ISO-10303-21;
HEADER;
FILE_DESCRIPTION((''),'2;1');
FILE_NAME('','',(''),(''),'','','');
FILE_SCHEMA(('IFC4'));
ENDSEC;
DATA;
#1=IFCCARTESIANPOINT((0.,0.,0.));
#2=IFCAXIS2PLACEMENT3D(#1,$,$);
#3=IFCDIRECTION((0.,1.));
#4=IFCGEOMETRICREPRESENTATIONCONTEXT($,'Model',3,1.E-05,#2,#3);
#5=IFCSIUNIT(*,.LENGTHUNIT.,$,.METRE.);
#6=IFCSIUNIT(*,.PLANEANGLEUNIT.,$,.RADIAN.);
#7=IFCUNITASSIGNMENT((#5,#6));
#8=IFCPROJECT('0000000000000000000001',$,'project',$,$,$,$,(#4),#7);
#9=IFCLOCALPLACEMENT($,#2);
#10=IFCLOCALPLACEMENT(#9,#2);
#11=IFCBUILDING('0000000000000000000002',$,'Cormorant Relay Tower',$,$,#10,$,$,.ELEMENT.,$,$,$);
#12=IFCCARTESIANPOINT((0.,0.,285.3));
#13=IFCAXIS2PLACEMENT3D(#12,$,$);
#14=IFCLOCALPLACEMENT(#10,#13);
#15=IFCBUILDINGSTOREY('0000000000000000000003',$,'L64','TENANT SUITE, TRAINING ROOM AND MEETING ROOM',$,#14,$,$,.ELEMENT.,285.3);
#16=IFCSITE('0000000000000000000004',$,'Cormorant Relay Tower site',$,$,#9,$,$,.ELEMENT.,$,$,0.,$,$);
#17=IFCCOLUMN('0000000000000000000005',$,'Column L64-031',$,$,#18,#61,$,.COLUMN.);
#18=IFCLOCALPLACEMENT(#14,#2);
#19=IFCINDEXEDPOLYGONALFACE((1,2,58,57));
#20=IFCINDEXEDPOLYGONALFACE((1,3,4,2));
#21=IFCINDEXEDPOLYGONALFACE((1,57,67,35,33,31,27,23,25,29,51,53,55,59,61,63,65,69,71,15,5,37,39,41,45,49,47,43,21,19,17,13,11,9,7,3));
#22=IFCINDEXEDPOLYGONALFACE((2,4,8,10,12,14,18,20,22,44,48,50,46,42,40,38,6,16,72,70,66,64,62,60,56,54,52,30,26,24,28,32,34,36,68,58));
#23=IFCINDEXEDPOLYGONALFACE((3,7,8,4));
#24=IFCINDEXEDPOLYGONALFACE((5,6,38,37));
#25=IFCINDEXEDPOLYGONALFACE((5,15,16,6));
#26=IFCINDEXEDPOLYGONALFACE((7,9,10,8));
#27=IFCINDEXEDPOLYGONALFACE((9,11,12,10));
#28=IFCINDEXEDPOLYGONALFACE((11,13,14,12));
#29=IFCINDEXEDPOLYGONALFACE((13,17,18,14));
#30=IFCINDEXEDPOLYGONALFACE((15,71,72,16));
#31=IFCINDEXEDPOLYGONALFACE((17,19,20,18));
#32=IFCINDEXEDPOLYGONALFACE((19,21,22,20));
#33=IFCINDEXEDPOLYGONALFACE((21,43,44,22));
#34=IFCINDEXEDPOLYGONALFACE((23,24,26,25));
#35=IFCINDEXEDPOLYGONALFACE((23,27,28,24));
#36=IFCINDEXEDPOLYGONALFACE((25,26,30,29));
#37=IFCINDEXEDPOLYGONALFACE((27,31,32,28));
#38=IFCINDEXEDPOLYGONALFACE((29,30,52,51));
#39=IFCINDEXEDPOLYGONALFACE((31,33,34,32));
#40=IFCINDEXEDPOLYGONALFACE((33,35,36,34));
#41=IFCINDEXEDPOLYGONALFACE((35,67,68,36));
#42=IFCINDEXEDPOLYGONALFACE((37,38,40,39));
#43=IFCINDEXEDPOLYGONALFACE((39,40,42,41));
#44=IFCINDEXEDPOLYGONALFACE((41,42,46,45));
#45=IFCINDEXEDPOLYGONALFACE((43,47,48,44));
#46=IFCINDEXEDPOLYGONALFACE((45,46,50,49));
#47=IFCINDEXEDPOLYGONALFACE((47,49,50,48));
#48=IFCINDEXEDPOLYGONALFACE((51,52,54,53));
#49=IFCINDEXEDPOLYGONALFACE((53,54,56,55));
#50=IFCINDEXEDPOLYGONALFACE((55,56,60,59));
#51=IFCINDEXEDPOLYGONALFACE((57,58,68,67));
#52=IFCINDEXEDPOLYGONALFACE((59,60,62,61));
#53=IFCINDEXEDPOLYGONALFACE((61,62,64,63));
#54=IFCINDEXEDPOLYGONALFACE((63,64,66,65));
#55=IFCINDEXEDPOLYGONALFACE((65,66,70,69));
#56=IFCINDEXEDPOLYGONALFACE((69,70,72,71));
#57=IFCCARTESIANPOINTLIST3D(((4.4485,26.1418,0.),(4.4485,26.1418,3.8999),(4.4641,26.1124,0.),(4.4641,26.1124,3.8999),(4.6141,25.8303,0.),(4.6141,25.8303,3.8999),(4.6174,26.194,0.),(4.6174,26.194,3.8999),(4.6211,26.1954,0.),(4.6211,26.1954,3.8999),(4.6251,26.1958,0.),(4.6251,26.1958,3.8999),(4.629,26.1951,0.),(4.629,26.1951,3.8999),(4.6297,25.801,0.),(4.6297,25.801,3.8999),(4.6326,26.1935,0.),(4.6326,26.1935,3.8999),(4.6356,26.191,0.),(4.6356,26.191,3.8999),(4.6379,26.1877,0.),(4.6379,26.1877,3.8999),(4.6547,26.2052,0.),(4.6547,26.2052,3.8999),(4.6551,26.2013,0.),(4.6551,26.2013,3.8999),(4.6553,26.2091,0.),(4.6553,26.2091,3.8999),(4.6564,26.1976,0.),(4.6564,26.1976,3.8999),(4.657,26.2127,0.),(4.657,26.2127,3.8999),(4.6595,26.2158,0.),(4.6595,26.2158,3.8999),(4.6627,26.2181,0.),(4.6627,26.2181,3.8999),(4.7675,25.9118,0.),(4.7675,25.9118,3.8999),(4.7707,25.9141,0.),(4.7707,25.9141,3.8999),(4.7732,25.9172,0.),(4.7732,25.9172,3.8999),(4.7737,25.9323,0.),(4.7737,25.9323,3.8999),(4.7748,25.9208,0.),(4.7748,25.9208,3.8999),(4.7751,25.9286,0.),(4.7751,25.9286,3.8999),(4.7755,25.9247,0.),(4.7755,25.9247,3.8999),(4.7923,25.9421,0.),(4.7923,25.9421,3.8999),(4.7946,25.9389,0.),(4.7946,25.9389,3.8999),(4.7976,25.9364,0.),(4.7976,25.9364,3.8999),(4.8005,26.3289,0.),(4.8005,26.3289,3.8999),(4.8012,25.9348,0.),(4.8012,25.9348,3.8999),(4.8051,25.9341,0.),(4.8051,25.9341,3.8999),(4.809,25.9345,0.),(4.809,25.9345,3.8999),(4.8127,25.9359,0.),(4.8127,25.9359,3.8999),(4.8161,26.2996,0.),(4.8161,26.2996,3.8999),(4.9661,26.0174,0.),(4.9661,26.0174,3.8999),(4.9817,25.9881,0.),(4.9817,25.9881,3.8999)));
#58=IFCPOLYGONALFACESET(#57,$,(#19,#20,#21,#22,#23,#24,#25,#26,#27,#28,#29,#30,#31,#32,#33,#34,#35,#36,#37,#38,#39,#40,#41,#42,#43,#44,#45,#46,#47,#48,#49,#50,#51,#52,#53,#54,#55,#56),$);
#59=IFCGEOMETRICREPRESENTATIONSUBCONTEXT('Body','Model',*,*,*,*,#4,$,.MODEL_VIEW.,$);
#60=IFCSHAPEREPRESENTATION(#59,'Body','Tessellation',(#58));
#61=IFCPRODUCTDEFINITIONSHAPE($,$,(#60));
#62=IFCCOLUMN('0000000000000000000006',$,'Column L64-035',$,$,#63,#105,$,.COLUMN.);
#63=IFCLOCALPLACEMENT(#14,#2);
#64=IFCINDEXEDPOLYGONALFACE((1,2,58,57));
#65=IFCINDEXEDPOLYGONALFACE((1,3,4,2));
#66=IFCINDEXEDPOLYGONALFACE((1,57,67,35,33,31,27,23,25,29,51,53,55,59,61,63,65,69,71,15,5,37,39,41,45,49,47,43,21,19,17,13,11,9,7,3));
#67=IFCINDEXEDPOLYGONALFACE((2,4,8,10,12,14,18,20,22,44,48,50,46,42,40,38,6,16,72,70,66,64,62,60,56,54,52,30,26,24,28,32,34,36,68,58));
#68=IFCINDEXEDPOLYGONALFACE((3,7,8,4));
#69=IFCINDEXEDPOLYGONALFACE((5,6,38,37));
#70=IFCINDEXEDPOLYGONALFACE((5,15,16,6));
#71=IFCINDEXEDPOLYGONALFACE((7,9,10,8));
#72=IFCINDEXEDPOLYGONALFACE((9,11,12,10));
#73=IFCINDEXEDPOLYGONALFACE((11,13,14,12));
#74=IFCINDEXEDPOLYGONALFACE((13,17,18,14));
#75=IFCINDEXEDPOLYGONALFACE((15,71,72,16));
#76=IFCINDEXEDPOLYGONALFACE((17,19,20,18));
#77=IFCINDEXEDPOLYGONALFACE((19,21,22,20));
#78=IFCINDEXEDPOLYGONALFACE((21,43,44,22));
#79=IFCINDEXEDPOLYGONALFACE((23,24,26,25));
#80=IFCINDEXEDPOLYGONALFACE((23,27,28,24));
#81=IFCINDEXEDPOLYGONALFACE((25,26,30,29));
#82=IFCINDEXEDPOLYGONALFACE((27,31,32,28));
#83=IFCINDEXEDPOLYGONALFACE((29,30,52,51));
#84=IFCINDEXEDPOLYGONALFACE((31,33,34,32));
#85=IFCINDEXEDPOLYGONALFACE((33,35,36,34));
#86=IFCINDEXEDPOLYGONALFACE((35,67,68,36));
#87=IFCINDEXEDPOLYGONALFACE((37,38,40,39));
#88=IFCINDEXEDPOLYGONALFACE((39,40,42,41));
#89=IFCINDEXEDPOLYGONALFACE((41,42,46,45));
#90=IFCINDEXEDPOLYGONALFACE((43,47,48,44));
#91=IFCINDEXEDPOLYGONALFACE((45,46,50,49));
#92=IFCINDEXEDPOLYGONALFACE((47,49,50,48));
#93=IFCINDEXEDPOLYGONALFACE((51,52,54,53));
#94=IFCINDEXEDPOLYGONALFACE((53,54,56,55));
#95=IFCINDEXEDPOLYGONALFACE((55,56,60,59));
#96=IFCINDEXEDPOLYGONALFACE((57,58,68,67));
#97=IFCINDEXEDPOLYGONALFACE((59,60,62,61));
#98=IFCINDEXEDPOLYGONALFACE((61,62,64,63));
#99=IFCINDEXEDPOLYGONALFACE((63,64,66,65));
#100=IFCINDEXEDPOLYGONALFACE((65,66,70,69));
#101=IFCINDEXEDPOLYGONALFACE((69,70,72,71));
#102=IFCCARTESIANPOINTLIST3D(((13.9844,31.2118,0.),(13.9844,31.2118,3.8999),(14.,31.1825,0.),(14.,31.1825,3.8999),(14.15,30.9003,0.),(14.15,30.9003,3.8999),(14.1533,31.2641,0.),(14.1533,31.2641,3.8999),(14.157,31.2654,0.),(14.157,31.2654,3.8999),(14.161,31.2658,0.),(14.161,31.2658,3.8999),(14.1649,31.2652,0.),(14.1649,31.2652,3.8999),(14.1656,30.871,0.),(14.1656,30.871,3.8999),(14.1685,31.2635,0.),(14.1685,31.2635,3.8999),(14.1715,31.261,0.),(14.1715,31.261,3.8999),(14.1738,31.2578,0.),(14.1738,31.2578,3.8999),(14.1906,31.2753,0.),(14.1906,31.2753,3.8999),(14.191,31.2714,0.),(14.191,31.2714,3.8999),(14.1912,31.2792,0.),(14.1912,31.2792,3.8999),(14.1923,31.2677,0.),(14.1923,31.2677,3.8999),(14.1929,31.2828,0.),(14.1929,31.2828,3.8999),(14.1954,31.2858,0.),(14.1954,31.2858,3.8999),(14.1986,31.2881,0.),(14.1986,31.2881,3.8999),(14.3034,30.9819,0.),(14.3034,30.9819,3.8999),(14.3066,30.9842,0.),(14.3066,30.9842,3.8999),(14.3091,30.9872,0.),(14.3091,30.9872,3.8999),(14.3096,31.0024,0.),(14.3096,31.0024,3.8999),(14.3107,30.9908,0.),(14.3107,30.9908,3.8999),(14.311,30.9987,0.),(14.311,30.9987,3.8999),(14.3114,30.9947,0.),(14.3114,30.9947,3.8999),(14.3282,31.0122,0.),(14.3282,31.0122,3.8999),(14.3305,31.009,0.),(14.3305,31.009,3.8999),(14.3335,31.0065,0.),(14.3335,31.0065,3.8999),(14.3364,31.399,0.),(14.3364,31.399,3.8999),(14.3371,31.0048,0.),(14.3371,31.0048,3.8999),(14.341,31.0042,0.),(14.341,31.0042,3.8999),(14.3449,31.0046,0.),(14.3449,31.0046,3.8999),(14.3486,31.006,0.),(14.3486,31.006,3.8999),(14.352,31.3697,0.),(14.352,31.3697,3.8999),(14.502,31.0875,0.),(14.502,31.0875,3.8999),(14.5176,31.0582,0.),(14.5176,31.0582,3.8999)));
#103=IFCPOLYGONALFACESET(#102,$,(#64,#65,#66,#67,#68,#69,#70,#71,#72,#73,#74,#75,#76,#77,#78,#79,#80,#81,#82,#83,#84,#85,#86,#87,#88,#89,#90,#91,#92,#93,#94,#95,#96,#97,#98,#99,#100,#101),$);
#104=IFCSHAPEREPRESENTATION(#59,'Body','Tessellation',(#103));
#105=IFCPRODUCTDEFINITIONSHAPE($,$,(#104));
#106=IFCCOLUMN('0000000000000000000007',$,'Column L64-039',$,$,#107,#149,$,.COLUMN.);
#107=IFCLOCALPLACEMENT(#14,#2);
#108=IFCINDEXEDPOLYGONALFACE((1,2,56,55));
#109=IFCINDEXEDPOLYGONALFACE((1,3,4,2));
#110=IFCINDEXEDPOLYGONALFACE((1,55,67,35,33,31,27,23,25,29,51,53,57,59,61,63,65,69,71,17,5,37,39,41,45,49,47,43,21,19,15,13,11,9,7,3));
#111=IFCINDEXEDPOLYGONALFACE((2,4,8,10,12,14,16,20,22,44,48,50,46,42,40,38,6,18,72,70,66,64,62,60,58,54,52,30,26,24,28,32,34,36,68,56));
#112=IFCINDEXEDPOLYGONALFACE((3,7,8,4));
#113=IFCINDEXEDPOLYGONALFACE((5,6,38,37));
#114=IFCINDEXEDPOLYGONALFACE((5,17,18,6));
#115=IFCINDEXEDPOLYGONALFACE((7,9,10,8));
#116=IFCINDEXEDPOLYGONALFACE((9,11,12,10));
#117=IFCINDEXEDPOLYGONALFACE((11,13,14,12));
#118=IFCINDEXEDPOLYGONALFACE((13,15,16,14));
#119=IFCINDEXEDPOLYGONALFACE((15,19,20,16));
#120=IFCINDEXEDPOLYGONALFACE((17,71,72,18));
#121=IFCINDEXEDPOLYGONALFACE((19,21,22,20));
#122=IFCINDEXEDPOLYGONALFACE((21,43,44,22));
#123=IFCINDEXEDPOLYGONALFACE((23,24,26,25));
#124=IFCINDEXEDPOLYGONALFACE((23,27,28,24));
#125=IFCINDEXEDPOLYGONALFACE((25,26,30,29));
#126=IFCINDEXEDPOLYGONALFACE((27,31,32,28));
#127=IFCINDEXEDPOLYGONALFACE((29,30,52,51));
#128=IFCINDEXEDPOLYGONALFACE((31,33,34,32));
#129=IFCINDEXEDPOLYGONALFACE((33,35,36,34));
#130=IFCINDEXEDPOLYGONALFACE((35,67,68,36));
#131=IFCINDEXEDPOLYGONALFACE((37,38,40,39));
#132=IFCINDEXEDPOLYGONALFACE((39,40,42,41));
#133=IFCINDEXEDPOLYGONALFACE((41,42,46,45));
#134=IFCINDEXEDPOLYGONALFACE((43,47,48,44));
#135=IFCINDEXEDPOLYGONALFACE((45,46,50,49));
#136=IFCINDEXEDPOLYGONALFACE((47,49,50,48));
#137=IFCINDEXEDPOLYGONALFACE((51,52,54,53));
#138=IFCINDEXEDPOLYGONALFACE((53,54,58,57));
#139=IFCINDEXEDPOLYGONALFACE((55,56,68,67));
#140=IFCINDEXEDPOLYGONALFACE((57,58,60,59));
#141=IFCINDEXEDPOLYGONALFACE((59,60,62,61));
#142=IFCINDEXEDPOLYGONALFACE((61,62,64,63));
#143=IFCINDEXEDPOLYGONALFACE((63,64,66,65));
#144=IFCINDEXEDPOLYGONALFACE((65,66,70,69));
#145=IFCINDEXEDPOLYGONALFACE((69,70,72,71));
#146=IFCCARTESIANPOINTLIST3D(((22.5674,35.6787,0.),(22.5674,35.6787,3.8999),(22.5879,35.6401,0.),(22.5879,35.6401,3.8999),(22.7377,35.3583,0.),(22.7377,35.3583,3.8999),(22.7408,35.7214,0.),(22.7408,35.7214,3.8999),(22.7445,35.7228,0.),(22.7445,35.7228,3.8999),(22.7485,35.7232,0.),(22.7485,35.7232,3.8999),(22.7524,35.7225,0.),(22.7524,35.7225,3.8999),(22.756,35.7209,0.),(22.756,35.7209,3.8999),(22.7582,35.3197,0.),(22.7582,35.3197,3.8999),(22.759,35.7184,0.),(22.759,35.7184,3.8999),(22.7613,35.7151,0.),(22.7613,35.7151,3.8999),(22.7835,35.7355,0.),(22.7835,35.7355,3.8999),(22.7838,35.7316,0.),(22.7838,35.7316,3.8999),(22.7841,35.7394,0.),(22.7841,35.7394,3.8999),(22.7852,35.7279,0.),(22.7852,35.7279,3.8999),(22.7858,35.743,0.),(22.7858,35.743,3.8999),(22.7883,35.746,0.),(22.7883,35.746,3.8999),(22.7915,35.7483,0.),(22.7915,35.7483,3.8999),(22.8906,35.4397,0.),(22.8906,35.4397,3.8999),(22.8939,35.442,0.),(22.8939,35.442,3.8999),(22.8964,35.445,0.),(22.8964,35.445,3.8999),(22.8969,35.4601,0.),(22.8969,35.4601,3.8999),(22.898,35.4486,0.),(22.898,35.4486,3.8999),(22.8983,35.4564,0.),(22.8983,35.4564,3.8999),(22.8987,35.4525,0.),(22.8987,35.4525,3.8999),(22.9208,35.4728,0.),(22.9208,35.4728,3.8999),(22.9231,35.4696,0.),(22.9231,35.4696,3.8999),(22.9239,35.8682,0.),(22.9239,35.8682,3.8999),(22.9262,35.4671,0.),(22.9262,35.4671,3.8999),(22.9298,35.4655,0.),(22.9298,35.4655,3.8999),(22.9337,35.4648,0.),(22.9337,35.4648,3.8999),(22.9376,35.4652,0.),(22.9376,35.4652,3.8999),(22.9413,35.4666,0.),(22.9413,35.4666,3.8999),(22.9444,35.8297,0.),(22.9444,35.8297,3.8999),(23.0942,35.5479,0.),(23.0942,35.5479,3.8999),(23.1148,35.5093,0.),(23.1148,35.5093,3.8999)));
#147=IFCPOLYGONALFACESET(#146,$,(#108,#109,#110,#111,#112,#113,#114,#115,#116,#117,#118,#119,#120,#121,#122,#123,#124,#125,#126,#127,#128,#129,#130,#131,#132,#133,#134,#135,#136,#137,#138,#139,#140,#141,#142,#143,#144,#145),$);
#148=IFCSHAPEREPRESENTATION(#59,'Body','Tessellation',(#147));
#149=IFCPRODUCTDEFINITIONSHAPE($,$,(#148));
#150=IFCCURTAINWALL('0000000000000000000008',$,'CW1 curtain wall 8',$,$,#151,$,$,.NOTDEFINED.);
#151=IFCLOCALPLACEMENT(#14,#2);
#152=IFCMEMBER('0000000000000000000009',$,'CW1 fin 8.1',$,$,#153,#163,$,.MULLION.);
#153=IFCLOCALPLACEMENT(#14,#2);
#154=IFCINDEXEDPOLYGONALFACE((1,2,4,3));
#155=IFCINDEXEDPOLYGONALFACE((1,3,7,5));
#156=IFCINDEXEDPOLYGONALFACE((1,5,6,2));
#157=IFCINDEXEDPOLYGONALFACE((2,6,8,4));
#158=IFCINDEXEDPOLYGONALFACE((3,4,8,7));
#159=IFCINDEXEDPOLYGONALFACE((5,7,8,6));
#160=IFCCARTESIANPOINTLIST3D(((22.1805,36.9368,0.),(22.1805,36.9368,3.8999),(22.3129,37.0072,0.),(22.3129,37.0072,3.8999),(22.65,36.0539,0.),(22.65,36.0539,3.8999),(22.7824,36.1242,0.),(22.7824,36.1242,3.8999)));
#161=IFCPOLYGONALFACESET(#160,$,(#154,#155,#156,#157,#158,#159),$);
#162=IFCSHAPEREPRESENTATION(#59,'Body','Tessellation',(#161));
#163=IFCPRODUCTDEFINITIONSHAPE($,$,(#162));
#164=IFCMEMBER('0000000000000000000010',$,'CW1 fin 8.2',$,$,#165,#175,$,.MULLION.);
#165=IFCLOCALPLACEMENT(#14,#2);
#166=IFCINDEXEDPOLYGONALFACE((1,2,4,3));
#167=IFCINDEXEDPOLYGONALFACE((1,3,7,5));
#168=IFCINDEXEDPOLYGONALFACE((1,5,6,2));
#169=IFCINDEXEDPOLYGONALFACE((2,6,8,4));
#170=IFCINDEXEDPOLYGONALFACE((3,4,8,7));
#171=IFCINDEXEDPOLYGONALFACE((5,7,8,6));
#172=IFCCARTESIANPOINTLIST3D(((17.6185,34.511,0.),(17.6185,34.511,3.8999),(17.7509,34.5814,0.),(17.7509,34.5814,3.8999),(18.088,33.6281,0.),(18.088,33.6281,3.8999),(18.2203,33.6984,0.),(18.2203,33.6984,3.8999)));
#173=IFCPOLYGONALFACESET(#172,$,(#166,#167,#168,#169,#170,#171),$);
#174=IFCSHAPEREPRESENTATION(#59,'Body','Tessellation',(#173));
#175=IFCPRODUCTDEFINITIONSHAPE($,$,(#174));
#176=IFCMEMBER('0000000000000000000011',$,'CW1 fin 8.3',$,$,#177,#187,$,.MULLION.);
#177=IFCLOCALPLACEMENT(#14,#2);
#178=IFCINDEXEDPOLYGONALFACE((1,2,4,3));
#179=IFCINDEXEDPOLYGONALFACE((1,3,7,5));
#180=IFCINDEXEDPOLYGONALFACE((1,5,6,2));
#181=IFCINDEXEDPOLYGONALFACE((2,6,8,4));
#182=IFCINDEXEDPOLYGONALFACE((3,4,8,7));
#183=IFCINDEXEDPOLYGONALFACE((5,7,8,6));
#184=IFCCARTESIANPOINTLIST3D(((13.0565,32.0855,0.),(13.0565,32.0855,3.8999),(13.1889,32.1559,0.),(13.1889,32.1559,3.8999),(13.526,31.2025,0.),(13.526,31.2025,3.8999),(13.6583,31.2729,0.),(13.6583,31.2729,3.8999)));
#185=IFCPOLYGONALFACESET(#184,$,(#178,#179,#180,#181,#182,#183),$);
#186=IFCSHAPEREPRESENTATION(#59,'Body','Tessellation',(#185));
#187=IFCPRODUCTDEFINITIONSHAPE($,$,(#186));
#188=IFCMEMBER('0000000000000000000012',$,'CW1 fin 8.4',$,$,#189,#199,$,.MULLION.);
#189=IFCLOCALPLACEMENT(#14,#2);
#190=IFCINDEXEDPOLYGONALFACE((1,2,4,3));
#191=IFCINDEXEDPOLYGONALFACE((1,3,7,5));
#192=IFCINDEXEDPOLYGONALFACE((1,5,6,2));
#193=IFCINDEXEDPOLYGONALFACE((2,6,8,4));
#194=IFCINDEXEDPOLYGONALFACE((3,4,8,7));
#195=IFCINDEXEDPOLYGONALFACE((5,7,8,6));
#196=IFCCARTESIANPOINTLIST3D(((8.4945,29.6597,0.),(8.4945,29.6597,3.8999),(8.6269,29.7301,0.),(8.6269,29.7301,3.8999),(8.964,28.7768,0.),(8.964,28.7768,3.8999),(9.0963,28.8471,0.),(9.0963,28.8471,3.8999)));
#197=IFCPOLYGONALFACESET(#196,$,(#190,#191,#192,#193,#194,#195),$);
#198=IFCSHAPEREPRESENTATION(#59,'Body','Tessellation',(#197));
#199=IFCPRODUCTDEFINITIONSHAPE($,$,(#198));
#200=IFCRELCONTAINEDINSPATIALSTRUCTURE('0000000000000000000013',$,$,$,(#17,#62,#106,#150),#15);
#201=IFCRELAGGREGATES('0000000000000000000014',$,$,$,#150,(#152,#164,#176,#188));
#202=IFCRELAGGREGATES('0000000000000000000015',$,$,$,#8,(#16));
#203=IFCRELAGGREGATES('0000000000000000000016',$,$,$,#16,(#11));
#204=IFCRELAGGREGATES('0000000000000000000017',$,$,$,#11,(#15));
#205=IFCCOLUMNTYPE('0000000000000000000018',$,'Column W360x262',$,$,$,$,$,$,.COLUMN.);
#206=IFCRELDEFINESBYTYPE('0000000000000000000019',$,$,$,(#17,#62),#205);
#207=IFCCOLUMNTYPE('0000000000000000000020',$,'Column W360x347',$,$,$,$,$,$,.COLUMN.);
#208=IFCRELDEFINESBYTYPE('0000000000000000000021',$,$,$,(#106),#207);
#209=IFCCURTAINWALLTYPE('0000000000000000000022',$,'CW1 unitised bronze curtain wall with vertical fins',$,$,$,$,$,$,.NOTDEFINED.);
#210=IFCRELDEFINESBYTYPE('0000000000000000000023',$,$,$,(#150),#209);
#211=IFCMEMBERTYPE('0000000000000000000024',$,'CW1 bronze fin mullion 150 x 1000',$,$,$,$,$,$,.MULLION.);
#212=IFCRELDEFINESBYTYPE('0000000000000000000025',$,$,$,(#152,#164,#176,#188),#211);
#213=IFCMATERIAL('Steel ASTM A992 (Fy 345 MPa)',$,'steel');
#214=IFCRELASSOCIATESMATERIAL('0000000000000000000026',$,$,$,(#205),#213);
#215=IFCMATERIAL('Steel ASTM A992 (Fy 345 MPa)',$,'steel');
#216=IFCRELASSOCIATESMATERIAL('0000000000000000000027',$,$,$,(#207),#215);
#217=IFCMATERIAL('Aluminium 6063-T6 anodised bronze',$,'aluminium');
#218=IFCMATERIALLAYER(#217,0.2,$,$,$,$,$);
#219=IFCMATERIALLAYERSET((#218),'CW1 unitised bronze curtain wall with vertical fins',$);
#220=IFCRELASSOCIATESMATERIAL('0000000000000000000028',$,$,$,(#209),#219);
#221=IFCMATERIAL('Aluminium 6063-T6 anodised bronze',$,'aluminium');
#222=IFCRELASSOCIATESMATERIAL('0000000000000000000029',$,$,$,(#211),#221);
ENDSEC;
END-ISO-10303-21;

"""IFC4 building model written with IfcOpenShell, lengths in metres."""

from ifc_helpers import new_model, si_unit, direction, frame, origin, origin_2d, place, context, subcontext, project, spatial, rectangle, i_section, extrude, material, layer, layer_set, material_profile, profile_set, type_object, element, aggregate, save


model = new_model("IFC4")

# Units and contexts
model_context = context("Model", 3, precision=1e-05, world=origin(), true_north=direction((0.0, 1.0)))
body_context = subcontext(model_context, "Body", "Model", "MODEL_VIEW")
ifc_project = project(units=[si_unit("LENGTHUNIT", "METRE"), si_unit("PLANEANGLEUNIT", "RADIAN")], contexts=[model_context])

# Site, building, storey
site_placement = place(None, origin())
site = spatial("IfcSite", under=ifc_project, at=site_placement, Name="Cormorant Relay Tower site", CompositionType="ELEMENT", RefElevation=0.0)
building_placement = place(site_placement, origin())
building = spatial("IfcBuilding", under=site, at=building_placement, Name="Cormorant Relay Tower", CompositionType="ELEMENT")
storey_placement = place(building_placement, frame((0.0, 0.0, 285.3)))
storey = spatial("IfcBuildingStorey", under=building, at=storey_placement, Name="L64", Description="TENANT SUITE, TRAINING ROOM AND MEETING ROOM", CompositionType="ELEMENT", Elevation=285.3)

# Columns
ifc_material_1 = material(Name="Steel ASTM A992 (Fy 345 MPa)", Category="steel")
ifc_material_profile_1 = material_profile(ifc_material_1, i_section(OverallWidth=0.3987, OverallDepth=0.386, WebThickness=0.021, FlangeThickness=0.0332, FilletRadius=0.0151, at=origin_2d()), Name="W360x262")
ifc_profile_set_1 = profile_set([ifc_material_profile_1], Name="Steel ASTM A992 (Fy 345 MPa)")
column_type_1 = type_object("IfcColumnType", Name="Column W360x262", PredefinedType="COLUMN", material=ifc_profile_set_1)
for number, where, z_axis, x_axis, name in (
    (1, (4.7151, 26.0649, 0.0), (0.0, 0.0, 1.0), (-0.882948, -0.469472, 0.0), "Column L64-031"),
    (2, (14.251, 31.135, 0.0), (0.0, 0.0, 1.0), (-0.882948, -0.469472, 0.0), "Column L64-035"),
):
    element("IfcColumn", number, at=place(storey_placement, frame(where, z_axis=z_axis, x_axis=x_axis)), inside=storey, type_object=column_type_1, Name=name, PredefinedType="COLUMN", context=body_context, shape_type="SweptSolid", body=[
        extrude(i_section(OverallWidth=0.3987, OverallDepth=0.386, WebThickness=0.021, FlangeThickness=0.0332, FilletRadius=0.0151, at=origin_2d()), origin(), (0.0, 0.0, 1.0), 3.8999),
    ])
ifc_material_2 = material(Name="Steel ASTM A992 (Fy 345 MPa)", Category="steel")
ifc_material_profile_2 = material_profile(ifc_material_2, i_section(OverallWidth=0.4038, OverallDepth=0.4065, WebThickness=0.0271, FlangeThickness=0.0437, FilletRadius=0.0151, at=origin_2d()), Name="W360x347")
ifc_profile_set_2 = profile_set([ifc_material_profile_2], Name="Steel ASTM A992 (Fy 345 MPa)")
column_type_2 = type_object("IfcColumnType", Name="Column W360x347", PredefinedType="COLUMN", material=ifc_profile_set_2)
column_placement = place(storey_placement, frame((22.8411, 35.594, 0.0), z_axis=(0.0, 0.0, 1.0), x_axis=(-0.882948, -0.469472, 0.0)))
element("IfcColumn", 3, at=column_placement, inside=storey, type_object=column_type_2, Name="Column L64-039", PredefinedType="COLUMN", context=body_context, shape_type="SweptSolid", body=[
    extrude(i_section(OverallWidth=0.4038, OverallDepth=0.4065, WebThickness=0.0271, FlangeThickness=0.0437, FilletRadius=0.0151, at=origin_2d()), origin(), (0.0, 0.0, 1.0), 3.8999),
])

# Curtain wall, members
ifc_material_3 = material(Name="Aluminium 6063-T6 anodised bronze", Category="aluminium")
ifc_layer_1 = layer(ifc_material_3, 0.2)
ifc_layer_set_1 = layer_set([ifc_layer_1], Name="CW1 unitised bronze curtain wall with vertical fins")
curtain_wall_type = type_object("IfcCurtainWallType", Name="CW1 unitised bronze curtain wall with vertical fins", PredefinedType="NOTDEFINED", material=ifc_layer_set_1)
curtain_wall_1_placement = place(storey_placement, origin())
curtain_wall_1 = element("IfcCurtainWall", 4, at=curtain_wall_1_placement, inside=storey, type_object=curtain_wall_type, Name="CW1 curtain wall 8", PredefinedType="NOTDEFINED")
ifc_material_4 = material(Name="Aluminium 6063-T6 anodised bronze", Category="aluminium")
ifc_material_profile_3 = material_profile(ifc_material_4, rectangle(XDim=0.1499, YDim=1.0, at=origin_2d()), Name="AL 150x1000")
ifc_profile_set_3 = profile_set([ifc_material_profile_3], Name="Aluminium 6063-T6 anodised bronze")
member_type_1 = type_object("IfcMemberType", Name="CW1 bronze fin mullion 150 x 1000", PredefinedType="MULLION", material=ifc_profile_set_3)
member_1_placement = place(storey_placement, frame((22.4814, 36.5305, 0.0), z_axis=(0.0, 0.0, 1.0), x_axis=(-0.882948, -0.469472, 0.0)))
member_1 = element("IfcMember", 5, at=member_1_placement, type_object=member_type_1, Name="CW1 fin 8.1", PredefinedType="MULLION", context=body_context, shape_type="SweptSolid", body=[
    extrude(rectangle(XDim=0.1499, YDim=1.0, at=origin_2d()), origin(), (0.0, 0.0, 1.0), 3.8999),
])
member_2_placement = place(storey_placement, frame((17.9194, 34.1047, 0.0), z_axis=(0.0, 0.0, 1.0), x_axis=(-0.882948, -0.469472, 0.0)))
member_2 = element("IfcMember", 6, at=member_2_placement, type_object=member_type_1, Name="CW1 fin 8.2", PredefinedType="MULLION", context=body_context, shape_type="SweptSolid", body=[
    extrude(rectangle(XDim=0.1499, YDim=1.0, at=origin_2d()), origin(), (0.0, 0.0, 1.0), 3.8999),
])
member_3_placement = place(storey_placement, frame((13.3574, 31.6792, 0.0), z_axis=(0.0, 0.0, 1.0), x_axis=(-0.882948, -0.469472, 0.0)))
member_3 = element("IfcMember", 7, at=member_3_placement, type_object=member_type_1, Name="CW1 fin 8.3", PredefinedType="MULLION", context=body_context, shape_type="SweptSolid", body=[
    extrude(rectangle(XDim=0.1499, YDim=1.0, at=origin_2d()), origin(), (0.0, 0.0, 1.0), 3.8999),
])
member_4_placement = place(storey_placement, frame((8.7954, 29.2534, 0.0), z_axis=(0.0, 0.0, 1.0), x_axis=(-0.882948, -0.469472, 0.0)))
member_4 = element("IfcMember", 8, at=member_4_placement, type_object=member_type_1, Name="CW1 fin 8.4", PredefinedType="MULLION", context=body_context, shape_type="SweptSolid", body=[
    extrude(rectangle(XDim=0.1499, YDim=1.0, at=origin_2d()), origin(), (0.0, 0.0, 1.0), 3.8999),
])

aggregate(curtain_wall_1, [member_1, member_2, member_3, member_4])

save(model, "model.ifc")
